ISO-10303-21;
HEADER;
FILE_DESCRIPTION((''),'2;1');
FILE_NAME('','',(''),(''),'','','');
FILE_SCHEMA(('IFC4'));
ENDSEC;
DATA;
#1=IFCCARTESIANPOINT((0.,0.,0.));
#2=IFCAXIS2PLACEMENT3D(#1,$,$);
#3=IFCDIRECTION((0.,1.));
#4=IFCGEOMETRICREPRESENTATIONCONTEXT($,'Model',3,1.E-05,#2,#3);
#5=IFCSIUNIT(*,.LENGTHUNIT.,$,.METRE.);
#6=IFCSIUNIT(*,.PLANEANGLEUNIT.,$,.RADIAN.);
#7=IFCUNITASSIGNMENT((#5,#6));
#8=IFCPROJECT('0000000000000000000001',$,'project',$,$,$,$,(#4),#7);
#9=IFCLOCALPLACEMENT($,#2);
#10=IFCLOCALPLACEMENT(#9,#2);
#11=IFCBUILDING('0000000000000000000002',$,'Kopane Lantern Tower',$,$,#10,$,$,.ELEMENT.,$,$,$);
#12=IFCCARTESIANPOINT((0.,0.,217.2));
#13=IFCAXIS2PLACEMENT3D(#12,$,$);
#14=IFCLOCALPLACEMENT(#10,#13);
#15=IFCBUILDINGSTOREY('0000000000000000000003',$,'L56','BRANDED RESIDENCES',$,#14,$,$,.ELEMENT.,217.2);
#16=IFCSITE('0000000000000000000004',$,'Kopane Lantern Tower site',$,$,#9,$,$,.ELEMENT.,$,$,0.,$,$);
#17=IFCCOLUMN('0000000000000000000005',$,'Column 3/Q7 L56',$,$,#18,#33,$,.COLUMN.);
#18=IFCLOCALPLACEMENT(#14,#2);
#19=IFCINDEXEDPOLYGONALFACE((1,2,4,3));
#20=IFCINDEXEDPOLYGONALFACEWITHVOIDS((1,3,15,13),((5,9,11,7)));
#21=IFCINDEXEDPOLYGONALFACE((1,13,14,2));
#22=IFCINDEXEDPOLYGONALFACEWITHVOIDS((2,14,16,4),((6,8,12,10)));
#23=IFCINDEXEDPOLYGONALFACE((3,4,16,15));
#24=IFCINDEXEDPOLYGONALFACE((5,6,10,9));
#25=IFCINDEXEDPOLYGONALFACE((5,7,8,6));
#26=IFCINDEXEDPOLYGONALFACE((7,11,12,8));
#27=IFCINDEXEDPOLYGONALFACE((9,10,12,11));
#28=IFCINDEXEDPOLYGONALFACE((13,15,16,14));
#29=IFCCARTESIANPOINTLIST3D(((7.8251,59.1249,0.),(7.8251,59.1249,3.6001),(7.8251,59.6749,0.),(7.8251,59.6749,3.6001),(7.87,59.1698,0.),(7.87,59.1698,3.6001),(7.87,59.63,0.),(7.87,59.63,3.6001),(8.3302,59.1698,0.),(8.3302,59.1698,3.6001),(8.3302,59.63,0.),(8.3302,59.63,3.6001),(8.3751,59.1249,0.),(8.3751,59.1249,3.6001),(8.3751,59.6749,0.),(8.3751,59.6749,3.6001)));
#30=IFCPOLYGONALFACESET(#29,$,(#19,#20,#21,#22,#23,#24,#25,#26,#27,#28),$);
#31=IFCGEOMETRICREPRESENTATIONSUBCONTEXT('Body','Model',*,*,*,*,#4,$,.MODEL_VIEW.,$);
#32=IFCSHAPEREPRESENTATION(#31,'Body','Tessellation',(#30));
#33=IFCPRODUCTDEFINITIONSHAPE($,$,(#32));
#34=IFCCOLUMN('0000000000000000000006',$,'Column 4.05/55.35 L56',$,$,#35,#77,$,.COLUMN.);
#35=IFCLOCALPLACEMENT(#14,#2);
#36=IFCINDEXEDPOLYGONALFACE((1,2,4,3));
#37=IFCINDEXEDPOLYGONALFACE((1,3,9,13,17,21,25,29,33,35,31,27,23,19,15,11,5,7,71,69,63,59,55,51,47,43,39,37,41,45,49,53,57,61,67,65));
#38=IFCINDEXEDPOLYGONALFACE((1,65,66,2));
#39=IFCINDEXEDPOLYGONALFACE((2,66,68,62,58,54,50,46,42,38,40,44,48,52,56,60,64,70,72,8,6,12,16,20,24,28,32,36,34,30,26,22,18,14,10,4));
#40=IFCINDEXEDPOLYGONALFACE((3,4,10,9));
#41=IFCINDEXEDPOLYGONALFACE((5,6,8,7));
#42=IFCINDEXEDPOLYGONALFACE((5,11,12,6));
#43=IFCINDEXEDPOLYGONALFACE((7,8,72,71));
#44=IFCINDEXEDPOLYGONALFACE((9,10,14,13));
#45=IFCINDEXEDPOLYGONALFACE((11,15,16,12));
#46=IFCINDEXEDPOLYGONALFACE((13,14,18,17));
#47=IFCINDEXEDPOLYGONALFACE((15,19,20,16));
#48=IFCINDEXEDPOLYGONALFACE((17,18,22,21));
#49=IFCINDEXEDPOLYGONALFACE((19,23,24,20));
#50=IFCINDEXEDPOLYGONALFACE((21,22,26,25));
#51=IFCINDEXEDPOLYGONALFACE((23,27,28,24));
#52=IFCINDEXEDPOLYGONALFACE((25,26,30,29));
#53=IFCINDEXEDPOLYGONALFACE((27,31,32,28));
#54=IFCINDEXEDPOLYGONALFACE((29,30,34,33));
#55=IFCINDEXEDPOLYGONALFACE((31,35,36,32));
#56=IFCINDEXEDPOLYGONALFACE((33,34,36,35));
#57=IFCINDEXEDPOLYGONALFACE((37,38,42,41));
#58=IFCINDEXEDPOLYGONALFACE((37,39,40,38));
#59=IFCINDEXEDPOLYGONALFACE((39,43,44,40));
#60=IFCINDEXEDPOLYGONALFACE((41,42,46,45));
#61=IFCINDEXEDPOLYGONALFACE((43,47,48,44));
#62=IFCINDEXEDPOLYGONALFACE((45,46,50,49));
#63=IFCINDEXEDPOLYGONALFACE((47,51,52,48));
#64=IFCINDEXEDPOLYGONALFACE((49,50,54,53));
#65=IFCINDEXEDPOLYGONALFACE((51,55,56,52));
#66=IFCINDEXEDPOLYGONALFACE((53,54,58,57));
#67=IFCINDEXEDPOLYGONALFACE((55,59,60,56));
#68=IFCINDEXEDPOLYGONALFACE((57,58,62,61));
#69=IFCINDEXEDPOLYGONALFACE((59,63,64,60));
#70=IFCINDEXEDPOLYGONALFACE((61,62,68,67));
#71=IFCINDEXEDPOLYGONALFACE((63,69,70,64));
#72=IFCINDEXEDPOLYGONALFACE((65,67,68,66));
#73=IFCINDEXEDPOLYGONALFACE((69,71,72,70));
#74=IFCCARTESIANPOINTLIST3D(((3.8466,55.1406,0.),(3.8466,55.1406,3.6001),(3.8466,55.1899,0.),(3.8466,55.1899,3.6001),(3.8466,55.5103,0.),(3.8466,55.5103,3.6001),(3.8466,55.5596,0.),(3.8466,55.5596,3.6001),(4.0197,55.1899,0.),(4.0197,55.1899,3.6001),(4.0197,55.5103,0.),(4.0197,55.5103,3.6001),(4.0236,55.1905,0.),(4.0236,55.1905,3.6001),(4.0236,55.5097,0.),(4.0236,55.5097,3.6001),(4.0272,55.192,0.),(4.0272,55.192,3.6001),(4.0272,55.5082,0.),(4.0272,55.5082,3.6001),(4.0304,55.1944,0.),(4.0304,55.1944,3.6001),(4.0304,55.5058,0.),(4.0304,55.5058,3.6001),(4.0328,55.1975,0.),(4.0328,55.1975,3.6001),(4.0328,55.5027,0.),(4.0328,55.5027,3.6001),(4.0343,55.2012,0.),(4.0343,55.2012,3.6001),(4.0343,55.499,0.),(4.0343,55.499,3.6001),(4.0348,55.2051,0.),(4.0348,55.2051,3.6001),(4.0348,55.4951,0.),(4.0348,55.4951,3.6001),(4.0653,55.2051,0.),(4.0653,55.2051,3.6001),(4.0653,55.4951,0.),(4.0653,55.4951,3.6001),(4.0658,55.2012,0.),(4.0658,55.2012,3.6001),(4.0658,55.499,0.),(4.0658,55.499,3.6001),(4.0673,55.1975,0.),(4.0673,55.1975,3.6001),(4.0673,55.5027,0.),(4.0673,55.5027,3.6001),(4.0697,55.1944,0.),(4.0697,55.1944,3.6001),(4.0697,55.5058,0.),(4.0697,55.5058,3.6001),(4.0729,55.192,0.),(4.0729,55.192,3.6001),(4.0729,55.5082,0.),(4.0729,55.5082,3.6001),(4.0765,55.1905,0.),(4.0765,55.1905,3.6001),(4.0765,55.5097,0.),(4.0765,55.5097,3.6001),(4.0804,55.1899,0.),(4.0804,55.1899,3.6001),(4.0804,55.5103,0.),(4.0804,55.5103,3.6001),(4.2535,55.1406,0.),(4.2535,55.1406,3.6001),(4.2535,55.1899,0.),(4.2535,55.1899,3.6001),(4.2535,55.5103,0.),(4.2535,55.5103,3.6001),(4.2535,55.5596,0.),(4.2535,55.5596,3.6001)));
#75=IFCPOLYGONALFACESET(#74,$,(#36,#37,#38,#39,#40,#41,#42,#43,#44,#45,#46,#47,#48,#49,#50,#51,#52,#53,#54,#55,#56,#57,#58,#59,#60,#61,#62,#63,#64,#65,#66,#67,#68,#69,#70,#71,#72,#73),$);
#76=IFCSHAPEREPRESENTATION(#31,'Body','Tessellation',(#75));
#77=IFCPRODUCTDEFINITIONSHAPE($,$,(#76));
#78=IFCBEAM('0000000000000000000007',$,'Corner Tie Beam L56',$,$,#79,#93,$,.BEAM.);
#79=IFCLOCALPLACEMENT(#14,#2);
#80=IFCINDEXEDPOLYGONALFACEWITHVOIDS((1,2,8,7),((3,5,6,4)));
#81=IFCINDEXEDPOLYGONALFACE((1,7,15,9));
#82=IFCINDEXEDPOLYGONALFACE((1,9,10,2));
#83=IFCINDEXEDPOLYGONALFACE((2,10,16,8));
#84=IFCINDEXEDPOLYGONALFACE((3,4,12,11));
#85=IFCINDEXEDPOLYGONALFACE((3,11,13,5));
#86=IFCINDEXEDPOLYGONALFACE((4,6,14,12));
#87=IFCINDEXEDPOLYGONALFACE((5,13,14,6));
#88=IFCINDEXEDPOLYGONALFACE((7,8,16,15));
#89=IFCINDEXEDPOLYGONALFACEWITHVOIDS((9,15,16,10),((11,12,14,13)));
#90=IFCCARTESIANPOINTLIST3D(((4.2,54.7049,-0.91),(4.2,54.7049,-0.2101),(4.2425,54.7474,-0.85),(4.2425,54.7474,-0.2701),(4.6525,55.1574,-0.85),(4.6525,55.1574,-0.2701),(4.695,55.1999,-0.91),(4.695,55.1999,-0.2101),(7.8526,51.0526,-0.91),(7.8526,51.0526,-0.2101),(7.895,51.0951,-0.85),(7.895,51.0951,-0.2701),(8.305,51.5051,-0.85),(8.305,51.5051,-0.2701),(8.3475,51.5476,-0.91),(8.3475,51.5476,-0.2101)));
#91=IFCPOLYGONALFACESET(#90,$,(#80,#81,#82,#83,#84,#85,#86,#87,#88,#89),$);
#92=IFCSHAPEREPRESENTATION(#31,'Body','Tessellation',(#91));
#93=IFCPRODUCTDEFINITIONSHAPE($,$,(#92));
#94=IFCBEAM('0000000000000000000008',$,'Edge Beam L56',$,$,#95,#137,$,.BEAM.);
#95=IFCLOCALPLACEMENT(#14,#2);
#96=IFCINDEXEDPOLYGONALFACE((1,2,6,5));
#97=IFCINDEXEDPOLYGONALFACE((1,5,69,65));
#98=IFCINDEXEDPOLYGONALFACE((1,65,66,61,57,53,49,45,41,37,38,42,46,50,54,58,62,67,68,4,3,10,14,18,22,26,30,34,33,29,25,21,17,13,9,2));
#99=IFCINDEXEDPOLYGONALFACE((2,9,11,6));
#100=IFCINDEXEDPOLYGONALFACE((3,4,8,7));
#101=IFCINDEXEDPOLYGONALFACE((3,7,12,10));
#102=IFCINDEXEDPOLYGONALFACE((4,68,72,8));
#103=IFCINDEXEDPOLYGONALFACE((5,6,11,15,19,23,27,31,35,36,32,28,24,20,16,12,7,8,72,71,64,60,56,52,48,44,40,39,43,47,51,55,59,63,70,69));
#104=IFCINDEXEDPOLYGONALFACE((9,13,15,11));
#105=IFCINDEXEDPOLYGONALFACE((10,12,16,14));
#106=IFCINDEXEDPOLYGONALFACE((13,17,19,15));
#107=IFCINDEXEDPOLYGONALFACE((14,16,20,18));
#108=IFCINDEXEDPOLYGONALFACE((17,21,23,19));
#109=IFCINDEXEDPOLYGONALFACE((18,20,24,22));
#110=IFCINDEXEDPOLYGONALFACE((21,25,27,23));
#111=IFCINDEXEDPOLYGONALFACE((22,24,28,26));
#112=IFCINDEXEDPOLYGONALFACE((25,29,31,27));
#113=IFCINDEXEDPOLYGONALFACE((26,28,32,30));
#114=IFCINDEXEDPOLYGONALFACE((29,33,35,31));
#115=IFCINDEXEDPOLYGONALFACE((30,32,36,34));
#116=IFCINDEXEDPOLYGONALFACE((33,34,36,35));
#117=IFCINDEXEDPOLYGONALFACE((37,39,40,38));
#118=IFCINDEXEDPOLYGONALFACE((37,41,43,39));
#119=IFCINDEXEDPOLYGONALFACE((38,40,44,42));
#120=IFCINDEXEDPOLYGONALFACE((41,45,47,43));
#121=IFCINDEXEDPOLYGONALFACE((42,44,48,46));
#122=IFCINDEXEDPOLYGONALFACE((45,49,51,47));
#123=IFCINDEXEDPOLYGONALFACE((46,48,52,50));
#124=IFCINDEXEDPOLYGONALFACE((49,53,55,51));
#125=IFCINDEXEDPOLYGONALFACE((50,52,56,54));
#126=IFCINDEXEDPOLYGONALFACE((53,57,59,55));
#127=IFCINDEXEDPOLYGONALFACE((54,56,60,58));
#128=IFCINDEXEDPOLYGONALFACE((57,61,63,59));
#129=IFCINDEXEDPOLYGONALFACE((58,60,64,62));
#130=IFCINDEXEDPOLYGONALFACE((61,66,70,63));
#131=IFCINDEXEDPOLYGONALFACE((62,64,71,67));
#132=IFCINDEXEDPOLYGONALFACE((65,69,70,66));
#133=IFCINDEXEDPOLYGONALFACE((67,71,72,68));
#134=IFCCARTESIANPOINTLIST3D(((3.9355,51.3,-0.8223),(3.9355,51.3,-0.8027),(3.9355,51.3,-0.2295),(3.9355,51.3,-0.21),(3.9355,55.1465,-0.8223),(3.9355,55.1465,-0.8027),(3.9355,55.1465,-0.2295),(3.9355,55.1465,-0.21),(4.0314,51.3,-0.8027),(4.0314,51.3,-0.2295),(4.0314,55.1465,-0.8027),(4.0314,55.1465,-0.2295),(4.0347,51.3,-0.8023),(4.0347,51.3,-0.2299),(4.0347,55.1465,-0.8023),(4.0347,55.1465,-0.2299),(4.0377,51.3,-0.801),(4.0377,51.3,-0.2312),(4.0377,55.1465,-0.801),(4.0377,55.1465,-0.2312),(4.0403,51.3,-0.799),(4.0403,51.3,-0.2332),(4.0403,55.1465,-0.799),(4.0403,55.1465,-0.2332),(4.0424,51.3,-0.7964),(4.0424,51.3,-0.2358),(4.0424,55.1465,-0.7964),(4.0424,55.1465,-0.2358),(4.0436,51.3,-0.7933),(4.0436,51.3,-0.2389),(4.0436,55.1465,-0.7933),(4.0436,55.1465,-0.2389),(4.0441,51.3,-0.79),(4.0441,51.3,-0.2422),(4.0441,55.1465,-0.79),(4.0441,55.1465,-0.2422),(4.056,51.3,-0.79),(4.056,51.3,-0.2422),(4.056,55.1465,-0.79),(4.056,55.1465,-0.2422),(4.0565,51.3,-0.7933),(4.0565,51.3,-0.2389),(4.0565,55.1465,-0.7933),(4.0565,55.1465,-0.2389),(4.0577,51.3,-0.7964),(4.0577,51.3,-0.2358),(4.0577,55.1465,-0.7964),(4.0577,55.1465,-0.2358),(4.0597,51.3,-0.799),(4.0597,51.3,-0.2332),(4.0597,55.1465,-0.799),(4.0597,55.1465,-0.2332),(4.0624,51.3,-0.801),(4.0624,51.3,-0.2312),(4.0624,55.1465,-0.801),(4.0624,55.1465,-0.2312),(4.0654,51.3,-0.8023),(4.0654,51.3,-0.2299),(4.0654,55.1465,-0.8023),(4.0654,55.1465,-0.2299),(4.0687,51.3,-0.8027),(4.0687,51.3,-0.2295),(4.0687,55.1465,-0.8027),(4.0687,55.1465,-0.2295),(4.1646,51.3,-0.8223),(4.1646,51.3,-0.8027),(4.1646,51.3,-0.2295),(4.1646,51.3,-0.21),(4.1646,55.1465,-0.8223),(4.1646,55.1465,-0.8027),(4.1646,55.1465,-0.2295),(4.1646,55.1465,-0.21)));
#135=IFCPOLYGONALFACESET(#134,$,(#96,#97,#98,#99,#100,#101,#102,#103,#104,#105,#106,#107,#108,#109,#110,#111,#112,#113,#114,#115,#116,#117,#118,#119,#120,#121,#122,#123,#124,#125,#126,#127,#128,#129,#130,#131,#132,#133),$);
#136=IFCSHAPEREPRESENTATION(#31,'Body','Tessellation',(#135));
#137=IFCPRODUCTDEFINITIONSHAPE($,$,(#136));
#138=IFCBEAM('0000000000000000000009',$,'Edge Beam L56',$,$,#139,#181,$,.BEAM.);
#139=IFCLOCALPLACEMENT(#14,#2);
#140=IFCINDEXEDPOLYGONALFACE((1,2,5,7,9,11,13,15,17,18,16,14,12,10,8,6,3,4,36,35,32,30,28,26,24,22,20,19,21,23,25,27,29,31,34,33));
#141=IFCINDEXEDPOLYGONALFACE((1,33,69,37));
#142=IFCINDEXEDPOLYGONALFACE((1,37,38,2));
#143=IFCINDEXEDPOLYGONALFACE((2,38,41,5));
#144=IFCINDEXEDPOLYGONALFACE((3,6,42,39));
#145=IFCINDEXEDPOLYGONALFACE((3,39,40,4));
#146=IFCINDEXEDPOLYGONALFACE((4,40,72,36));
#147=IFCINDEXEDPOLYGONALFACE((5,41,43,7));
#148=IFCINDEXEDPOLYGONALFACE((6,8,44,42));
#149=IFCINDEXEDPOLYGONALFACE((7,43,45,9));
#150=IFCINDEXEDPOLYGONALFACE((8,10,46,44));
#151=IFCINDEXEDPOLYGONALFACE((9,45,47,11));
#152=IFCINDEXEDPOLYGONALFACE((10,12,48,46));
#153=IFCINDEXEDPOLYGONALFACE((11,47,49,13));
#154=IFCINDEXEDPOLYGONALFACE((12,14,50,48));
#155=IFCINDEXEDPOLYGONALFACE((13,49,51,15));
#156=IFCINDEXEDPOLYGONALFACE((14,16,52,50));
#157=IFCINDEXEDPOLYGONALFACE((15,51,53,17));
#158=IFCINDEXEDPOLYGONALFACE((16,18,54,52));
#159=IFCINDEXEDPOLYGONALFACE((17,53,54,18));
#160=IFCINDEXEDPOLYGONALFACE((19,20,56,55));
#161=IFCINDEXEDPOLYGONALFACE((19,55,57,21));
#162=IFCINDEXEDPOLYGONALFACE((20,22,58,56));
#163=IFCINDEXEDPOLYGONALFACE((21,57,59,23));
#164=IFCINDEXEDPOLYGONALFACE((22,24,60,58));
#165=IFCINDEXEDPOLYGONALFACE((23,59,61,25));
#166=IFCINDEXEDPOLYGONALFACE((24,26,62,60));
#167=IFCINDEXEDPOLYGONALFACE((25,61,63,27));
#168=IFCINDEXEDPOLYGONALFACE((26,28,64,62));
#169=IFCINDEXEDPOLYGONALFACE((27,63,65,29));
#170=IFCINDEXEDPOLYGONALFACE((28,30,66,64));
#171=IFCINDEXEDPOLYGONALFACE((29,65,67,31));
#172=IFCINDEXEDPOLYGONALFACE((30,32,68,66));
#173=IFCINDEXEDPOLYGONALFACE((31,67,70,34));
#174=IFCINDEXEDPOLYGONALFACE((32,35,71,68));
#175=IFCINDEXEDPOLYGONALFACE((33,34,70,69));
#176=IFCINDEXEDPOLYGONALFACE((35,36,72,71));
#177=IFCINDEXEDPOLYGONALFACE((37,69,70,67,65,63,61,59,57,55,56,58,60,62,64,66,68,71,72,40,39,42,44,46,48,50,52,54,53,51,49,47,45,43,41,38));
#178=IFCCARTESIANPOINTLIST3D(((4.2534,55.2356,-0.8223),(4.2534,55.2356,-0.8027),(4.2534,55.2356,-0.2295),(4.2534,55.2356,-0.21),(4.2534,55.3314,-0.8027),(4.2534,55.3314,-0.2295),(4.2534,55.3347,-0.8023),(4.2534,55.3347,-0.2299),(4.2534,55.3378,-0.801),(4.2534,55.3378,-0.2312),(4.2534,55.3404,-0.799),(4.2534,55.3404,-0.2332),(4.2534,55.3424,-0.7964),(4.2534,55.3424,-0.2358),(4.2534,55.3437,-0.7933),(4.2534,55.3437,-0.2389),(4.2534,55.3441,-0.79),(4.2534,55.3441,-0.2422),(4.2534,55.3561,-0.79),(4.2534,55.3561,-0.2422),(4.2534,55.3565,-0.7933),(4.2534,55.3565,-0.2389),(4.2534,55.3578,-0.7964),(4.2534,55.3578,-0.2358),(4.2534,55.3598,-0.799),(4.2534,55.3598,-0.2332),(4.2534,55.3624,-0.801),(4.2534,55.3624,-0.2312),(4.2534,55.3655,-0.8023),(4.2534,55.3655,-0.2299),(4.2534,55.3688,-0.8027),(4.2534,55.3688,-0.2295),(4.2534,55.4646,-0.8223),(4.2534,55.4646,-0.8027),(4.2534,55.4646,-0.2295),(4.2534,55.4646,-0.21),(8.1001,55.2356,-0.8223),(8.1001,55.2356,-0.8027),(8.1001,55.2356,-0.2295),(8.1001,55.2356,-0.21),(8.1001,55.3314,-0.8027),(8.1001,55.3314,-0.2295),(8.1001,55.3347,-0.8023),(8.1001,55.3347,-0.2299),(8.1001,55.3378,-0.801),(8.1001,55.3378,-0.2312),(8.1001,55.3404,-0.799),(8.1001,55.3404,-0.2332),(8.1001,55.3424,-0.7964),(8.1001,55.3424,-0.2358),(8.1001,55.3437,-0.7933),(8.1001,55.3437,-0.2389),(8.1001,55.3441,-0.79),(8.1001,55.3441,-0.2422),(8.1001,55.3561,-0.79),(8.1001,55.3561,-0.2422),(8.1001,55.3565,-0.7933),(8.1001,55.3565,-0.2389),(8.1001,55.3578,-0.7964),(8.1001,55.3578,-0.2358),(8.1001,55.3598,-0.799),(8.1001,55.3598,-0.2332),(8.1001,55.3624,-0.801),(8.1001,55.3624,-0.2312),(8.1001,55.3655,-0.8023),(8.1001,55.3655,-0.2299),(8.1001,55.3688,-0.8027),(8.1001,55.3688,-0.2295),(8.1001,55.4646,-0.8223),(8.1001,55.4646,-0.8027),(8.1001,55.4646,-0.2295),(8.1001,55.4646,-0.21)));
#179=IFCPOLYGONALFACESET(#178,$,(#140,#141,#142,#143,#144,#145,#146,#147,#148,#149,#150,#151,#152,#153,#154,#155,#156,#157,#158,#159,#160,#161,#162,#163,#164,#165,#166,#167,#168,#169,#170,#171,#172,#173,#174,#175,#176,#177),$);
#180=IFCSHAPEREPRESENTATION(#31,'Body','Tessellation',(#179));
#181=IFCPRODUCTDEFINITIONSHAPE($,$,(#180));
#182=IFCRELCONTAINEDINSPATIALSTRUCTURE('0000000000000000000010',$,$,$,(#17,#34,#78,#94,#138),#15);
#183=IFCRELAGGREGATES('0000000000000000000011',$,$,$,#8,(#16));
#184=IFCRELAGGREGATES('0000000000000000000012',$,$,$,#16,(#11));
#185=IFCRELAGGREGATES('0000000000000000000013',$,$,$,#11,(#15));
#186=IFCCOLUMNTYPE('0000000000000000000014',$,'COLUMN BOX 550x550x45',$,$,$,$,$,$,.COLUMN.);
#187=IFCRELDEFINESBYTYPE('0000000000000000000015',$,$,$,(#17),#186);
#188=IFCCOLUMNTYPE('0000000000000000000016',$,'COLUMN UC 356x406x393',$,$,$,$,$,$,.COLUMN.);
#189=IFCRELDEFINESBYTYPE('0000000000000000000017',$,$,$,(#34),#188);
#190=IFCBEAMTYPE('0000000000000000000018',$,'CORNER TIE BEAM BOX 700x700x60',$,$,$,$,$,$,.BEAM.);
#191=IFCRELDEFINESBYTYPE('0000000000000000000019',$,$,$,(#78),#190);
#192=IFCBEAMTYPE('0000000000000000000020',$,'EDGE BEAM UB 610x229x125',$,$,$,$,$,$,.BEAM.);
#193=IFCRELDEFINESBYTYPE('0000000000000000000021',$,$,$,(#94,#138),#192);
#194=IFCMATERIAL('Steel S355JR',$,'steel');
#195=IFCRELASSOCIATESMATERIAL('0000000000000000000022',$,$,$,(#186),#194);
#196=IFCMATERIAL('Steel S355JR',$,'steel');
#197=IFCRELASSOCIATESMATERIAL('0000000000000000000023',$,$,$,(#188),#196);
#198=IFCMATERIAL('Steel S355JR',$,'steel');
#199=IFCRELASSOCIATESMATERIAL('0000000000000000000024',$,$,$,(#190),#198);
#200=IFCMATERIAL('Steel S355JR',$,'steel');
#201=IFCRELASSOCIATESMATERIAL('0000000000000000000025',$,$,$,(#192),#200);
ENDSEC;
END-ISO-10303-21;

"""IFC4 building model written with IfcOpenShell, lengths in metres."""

from ifc_helpers import new_model, si_unit, direction, frame, origin, origin_2d, place, context, subcontext, project, spatial, hollow_rectangle, i_section, extrude, material, material_profile, profile_set, type_object, element, save


model = new_model("IFC4")

# Units and contexts
model_context = context("Model", 3, precision=1e-05, world=origin(), true_north=direction((0.0, 1.0)))
body_context = subcontext(model_context, "Body", "Model", "MODEL_VIEW")
ifc_project = project(units=[si_unit("LENGTHUNIT", "METRE"), si_unit("PLANEANGLEUNIT", "RADIAN")], contexts=[model_context])

# Site, building, storey
site_placement = place(None, origin())
site = spatial("IfcSite", under=ifc_project, at=site_placement, Name="Kopane Lantern Tower site", CompositionType="ELEMENT", RefElevation=0.0)
building_placement = place(site_placement, origin())
building = spatial("IfcBuilding", under=site, at=building_placement, Name="Kopane Lantern Tower", CompositionType="ELEMENT")
storey_placement = place(building_placement, frame((0.0, 0.0, 217.2)))
storey = spatial("IfcBuildingStorey", under=building, at=storey_placement, Name="L56", Description="BRANDED RESIDENCES", CompositionType="ELEMENT", Elevation=217.2)

# Columns
ifc_material_1 = material(Name="Steel S355JR", Category="steel")
ifc_material_profile_1 = material_profile(ifc_material_1, hollow_rectangle(XDim=0.55, YDim=0.55, WallThickness=0.0449, at=origin_2d()), Name="BOX 550x550x45")
ifc_profile_set_1 = profile_set([ifc_material_profile_1], Name="Steel S355JR")
column_type_1 = type_object("IfcColumnType", Name="COLUMN BOX 550x550x45", PredefinedType="COLUMN", material=ifc_profile_set_1)
column_1_placement = place(storey_placement, frame((8.1001, 59.3999, 0.0), z_axis=(0.0, 0.0, 1.0), x_axis=(1.0, 0.0, 0.0)))
element("IfcColumn", 1, at=column_1_placement, inside=storey, type_object=column_type_1, Name="Column 3/Q7 L56", PredefinedType="COLUMN", context=body_context, shape_type="SweptSolid", body=[
    extrude(hollow_rectangle(XDim=0.55, YDim=0.55, WallThickness=0.0449, at=origin_2d()), origin(), (0.0, 0.0, 1.0), 3.6001),
])
ifc_material_2 = material(Name="Steel S355JR", Category="steel")
ifc_material_profile_2 = material_profile(ifc_material_2, i_section(OverallWidth=0.407, OverallDepth=0.4189, WebThickness=0.0305, FlangeThickness=0.0493, FilletRadius=0.0151, at=origin_2d()), Name="UC 356x406x393")
ifc_profile_set_2 = profile_set([ifc_material_profile_2], Name="Steel S355JR")
column_type_2 = type_object("IfcColumnType", Name="COLUMN UC 356x406x393", PredefinedType="COLUMN", material=ifc_profile_set_2)
column_2_placement = place(storey_placement, frame((4.05, 55.3501, 0.0), z_axis=(0.0, 0.0, 1.0), x_axis=(1.0, 0.0, 0.0)))
element("IfcColumn", 2, at=column_2_placement, inside=storey, type_object=column_type_2, Name="Column 4.05/55.35 L56", PredefinedType="COLUMN", context=body_context, shape_type="SweptSolid", body=[
    extrude(i_section(OverallWidth=0.407, OverallDepth=0.4189, WebThickness=0.0305, FlangeThickness=0.0493, FilletRadius=0.0151, at=origin_2d()), origin(), (0.0, 0.0, 1.0), 3.6001),
])

# Beams
ifc_material_3 = material(Name="Steel S355JR", Category="steel")
ifc_material_profile_3 = material_profile(ifc_material_3, hollow_rectangle(XDim=0.7, YDim=0.7, WallThickness=0.0601, at=origin_2d()), Name="BOX 700x700x60")
ifc_profile_set_3 = profile_set([ifc_material_profile_3], Name="Steel S355JR")
beam_type_1 = type_object("IfcBeamType", Name="CORNER TIE BEAM BOX 700x700x60", PredefinedType="BEAM", material=ifc_profile_set_3)
beam_1_placement = place(storey_placement, frame((4.4475, 54.9524, -0.5601), z_axis=(0.70713, -0.707083, 0.0), x_axis=(0.707083, 0.70713, 0.0)))
element("IfcBeam", 3, at=beam_1_placement, inside=storey, type_object=beam_type_1, Name="Corner Tie Beam L56", PredefinedType="BEAM", context=body_context, shape_type="SweptSolid", body=[
    extrude(hollow_rectangle(XDim=0.7, YDim=0.7, WallThickness=0.0601, at=origin_2d()), origin(), (0.0, 0.0, 1.0), 5.1653),
])
ifc_material_4 = material(Name="Steel S355JR", Category="steel")
ifc_material_profile_4 = material_profile(ifc_material_4, i_section(OverallWidth=0.229, OverallDepth=0.6123, WebThickness=0.012, FlangeThickness=0.0195, FilletRadius=0.0127, at=origin_2d()), Name="UB 610x229x125")
ifc_profile_set_4 = profile_set([ifc_material_profile_4], Name="Steel S355JR")
beam_type_2 = type_object("IfcBeamType", Name="EDGE BEAM UB 610x229x125", PredefinedType="BEAM", material=ifc_profile_set_4)
beam_2_placement = place(storey_placement, frame((4.05, 55.1465, -0.5161), z_axis=(0.0, -1.0, 0.0), x_axis=(1.0, 0.0, 0.0)))
element("IfcBeam", 4, at=beam_2_placement, inside=storey, type_object=beam_type_2, Name="Edge Beam L56", PredefinedType="BEAM", context=body_context, shape_type="SweptSolid", body=[
    extrude(i_section(OverallWidth=0.229, OverallDepth=0.6123, WebThickness=0.012, FlangeThickness=0.0195, FilletRadius=0.0127, at=origin_2d()), origin(), (0.0, 0.0, 1.0), 3.8464),
])
beam_3_placement = place(storey_placement, frame((4.2534, 55.3501, -0.5161), z_axis=(1.0, 0.0, 0.0), x_axis=(0.0, 1.0, 0.0)))
element("IfcBeam", 5, at=beam_3_placement, inside=storey, type_object=beam_type_2, Name="Edge Beam L56", PredefinedType="BEAM", context=body_context, shape_type="SweptSolid", body=[
    extrude(i_section(OverallWidth=0.229, OverallDepth=0.6123, WebThickness=0.012, FlangeThickness=0.0195, FilletRadius=0.0127, at=origin_2d()), origin(), (0.0, 0.0, 1.0), 3.8467),
])

save(model, "model.ifc")
